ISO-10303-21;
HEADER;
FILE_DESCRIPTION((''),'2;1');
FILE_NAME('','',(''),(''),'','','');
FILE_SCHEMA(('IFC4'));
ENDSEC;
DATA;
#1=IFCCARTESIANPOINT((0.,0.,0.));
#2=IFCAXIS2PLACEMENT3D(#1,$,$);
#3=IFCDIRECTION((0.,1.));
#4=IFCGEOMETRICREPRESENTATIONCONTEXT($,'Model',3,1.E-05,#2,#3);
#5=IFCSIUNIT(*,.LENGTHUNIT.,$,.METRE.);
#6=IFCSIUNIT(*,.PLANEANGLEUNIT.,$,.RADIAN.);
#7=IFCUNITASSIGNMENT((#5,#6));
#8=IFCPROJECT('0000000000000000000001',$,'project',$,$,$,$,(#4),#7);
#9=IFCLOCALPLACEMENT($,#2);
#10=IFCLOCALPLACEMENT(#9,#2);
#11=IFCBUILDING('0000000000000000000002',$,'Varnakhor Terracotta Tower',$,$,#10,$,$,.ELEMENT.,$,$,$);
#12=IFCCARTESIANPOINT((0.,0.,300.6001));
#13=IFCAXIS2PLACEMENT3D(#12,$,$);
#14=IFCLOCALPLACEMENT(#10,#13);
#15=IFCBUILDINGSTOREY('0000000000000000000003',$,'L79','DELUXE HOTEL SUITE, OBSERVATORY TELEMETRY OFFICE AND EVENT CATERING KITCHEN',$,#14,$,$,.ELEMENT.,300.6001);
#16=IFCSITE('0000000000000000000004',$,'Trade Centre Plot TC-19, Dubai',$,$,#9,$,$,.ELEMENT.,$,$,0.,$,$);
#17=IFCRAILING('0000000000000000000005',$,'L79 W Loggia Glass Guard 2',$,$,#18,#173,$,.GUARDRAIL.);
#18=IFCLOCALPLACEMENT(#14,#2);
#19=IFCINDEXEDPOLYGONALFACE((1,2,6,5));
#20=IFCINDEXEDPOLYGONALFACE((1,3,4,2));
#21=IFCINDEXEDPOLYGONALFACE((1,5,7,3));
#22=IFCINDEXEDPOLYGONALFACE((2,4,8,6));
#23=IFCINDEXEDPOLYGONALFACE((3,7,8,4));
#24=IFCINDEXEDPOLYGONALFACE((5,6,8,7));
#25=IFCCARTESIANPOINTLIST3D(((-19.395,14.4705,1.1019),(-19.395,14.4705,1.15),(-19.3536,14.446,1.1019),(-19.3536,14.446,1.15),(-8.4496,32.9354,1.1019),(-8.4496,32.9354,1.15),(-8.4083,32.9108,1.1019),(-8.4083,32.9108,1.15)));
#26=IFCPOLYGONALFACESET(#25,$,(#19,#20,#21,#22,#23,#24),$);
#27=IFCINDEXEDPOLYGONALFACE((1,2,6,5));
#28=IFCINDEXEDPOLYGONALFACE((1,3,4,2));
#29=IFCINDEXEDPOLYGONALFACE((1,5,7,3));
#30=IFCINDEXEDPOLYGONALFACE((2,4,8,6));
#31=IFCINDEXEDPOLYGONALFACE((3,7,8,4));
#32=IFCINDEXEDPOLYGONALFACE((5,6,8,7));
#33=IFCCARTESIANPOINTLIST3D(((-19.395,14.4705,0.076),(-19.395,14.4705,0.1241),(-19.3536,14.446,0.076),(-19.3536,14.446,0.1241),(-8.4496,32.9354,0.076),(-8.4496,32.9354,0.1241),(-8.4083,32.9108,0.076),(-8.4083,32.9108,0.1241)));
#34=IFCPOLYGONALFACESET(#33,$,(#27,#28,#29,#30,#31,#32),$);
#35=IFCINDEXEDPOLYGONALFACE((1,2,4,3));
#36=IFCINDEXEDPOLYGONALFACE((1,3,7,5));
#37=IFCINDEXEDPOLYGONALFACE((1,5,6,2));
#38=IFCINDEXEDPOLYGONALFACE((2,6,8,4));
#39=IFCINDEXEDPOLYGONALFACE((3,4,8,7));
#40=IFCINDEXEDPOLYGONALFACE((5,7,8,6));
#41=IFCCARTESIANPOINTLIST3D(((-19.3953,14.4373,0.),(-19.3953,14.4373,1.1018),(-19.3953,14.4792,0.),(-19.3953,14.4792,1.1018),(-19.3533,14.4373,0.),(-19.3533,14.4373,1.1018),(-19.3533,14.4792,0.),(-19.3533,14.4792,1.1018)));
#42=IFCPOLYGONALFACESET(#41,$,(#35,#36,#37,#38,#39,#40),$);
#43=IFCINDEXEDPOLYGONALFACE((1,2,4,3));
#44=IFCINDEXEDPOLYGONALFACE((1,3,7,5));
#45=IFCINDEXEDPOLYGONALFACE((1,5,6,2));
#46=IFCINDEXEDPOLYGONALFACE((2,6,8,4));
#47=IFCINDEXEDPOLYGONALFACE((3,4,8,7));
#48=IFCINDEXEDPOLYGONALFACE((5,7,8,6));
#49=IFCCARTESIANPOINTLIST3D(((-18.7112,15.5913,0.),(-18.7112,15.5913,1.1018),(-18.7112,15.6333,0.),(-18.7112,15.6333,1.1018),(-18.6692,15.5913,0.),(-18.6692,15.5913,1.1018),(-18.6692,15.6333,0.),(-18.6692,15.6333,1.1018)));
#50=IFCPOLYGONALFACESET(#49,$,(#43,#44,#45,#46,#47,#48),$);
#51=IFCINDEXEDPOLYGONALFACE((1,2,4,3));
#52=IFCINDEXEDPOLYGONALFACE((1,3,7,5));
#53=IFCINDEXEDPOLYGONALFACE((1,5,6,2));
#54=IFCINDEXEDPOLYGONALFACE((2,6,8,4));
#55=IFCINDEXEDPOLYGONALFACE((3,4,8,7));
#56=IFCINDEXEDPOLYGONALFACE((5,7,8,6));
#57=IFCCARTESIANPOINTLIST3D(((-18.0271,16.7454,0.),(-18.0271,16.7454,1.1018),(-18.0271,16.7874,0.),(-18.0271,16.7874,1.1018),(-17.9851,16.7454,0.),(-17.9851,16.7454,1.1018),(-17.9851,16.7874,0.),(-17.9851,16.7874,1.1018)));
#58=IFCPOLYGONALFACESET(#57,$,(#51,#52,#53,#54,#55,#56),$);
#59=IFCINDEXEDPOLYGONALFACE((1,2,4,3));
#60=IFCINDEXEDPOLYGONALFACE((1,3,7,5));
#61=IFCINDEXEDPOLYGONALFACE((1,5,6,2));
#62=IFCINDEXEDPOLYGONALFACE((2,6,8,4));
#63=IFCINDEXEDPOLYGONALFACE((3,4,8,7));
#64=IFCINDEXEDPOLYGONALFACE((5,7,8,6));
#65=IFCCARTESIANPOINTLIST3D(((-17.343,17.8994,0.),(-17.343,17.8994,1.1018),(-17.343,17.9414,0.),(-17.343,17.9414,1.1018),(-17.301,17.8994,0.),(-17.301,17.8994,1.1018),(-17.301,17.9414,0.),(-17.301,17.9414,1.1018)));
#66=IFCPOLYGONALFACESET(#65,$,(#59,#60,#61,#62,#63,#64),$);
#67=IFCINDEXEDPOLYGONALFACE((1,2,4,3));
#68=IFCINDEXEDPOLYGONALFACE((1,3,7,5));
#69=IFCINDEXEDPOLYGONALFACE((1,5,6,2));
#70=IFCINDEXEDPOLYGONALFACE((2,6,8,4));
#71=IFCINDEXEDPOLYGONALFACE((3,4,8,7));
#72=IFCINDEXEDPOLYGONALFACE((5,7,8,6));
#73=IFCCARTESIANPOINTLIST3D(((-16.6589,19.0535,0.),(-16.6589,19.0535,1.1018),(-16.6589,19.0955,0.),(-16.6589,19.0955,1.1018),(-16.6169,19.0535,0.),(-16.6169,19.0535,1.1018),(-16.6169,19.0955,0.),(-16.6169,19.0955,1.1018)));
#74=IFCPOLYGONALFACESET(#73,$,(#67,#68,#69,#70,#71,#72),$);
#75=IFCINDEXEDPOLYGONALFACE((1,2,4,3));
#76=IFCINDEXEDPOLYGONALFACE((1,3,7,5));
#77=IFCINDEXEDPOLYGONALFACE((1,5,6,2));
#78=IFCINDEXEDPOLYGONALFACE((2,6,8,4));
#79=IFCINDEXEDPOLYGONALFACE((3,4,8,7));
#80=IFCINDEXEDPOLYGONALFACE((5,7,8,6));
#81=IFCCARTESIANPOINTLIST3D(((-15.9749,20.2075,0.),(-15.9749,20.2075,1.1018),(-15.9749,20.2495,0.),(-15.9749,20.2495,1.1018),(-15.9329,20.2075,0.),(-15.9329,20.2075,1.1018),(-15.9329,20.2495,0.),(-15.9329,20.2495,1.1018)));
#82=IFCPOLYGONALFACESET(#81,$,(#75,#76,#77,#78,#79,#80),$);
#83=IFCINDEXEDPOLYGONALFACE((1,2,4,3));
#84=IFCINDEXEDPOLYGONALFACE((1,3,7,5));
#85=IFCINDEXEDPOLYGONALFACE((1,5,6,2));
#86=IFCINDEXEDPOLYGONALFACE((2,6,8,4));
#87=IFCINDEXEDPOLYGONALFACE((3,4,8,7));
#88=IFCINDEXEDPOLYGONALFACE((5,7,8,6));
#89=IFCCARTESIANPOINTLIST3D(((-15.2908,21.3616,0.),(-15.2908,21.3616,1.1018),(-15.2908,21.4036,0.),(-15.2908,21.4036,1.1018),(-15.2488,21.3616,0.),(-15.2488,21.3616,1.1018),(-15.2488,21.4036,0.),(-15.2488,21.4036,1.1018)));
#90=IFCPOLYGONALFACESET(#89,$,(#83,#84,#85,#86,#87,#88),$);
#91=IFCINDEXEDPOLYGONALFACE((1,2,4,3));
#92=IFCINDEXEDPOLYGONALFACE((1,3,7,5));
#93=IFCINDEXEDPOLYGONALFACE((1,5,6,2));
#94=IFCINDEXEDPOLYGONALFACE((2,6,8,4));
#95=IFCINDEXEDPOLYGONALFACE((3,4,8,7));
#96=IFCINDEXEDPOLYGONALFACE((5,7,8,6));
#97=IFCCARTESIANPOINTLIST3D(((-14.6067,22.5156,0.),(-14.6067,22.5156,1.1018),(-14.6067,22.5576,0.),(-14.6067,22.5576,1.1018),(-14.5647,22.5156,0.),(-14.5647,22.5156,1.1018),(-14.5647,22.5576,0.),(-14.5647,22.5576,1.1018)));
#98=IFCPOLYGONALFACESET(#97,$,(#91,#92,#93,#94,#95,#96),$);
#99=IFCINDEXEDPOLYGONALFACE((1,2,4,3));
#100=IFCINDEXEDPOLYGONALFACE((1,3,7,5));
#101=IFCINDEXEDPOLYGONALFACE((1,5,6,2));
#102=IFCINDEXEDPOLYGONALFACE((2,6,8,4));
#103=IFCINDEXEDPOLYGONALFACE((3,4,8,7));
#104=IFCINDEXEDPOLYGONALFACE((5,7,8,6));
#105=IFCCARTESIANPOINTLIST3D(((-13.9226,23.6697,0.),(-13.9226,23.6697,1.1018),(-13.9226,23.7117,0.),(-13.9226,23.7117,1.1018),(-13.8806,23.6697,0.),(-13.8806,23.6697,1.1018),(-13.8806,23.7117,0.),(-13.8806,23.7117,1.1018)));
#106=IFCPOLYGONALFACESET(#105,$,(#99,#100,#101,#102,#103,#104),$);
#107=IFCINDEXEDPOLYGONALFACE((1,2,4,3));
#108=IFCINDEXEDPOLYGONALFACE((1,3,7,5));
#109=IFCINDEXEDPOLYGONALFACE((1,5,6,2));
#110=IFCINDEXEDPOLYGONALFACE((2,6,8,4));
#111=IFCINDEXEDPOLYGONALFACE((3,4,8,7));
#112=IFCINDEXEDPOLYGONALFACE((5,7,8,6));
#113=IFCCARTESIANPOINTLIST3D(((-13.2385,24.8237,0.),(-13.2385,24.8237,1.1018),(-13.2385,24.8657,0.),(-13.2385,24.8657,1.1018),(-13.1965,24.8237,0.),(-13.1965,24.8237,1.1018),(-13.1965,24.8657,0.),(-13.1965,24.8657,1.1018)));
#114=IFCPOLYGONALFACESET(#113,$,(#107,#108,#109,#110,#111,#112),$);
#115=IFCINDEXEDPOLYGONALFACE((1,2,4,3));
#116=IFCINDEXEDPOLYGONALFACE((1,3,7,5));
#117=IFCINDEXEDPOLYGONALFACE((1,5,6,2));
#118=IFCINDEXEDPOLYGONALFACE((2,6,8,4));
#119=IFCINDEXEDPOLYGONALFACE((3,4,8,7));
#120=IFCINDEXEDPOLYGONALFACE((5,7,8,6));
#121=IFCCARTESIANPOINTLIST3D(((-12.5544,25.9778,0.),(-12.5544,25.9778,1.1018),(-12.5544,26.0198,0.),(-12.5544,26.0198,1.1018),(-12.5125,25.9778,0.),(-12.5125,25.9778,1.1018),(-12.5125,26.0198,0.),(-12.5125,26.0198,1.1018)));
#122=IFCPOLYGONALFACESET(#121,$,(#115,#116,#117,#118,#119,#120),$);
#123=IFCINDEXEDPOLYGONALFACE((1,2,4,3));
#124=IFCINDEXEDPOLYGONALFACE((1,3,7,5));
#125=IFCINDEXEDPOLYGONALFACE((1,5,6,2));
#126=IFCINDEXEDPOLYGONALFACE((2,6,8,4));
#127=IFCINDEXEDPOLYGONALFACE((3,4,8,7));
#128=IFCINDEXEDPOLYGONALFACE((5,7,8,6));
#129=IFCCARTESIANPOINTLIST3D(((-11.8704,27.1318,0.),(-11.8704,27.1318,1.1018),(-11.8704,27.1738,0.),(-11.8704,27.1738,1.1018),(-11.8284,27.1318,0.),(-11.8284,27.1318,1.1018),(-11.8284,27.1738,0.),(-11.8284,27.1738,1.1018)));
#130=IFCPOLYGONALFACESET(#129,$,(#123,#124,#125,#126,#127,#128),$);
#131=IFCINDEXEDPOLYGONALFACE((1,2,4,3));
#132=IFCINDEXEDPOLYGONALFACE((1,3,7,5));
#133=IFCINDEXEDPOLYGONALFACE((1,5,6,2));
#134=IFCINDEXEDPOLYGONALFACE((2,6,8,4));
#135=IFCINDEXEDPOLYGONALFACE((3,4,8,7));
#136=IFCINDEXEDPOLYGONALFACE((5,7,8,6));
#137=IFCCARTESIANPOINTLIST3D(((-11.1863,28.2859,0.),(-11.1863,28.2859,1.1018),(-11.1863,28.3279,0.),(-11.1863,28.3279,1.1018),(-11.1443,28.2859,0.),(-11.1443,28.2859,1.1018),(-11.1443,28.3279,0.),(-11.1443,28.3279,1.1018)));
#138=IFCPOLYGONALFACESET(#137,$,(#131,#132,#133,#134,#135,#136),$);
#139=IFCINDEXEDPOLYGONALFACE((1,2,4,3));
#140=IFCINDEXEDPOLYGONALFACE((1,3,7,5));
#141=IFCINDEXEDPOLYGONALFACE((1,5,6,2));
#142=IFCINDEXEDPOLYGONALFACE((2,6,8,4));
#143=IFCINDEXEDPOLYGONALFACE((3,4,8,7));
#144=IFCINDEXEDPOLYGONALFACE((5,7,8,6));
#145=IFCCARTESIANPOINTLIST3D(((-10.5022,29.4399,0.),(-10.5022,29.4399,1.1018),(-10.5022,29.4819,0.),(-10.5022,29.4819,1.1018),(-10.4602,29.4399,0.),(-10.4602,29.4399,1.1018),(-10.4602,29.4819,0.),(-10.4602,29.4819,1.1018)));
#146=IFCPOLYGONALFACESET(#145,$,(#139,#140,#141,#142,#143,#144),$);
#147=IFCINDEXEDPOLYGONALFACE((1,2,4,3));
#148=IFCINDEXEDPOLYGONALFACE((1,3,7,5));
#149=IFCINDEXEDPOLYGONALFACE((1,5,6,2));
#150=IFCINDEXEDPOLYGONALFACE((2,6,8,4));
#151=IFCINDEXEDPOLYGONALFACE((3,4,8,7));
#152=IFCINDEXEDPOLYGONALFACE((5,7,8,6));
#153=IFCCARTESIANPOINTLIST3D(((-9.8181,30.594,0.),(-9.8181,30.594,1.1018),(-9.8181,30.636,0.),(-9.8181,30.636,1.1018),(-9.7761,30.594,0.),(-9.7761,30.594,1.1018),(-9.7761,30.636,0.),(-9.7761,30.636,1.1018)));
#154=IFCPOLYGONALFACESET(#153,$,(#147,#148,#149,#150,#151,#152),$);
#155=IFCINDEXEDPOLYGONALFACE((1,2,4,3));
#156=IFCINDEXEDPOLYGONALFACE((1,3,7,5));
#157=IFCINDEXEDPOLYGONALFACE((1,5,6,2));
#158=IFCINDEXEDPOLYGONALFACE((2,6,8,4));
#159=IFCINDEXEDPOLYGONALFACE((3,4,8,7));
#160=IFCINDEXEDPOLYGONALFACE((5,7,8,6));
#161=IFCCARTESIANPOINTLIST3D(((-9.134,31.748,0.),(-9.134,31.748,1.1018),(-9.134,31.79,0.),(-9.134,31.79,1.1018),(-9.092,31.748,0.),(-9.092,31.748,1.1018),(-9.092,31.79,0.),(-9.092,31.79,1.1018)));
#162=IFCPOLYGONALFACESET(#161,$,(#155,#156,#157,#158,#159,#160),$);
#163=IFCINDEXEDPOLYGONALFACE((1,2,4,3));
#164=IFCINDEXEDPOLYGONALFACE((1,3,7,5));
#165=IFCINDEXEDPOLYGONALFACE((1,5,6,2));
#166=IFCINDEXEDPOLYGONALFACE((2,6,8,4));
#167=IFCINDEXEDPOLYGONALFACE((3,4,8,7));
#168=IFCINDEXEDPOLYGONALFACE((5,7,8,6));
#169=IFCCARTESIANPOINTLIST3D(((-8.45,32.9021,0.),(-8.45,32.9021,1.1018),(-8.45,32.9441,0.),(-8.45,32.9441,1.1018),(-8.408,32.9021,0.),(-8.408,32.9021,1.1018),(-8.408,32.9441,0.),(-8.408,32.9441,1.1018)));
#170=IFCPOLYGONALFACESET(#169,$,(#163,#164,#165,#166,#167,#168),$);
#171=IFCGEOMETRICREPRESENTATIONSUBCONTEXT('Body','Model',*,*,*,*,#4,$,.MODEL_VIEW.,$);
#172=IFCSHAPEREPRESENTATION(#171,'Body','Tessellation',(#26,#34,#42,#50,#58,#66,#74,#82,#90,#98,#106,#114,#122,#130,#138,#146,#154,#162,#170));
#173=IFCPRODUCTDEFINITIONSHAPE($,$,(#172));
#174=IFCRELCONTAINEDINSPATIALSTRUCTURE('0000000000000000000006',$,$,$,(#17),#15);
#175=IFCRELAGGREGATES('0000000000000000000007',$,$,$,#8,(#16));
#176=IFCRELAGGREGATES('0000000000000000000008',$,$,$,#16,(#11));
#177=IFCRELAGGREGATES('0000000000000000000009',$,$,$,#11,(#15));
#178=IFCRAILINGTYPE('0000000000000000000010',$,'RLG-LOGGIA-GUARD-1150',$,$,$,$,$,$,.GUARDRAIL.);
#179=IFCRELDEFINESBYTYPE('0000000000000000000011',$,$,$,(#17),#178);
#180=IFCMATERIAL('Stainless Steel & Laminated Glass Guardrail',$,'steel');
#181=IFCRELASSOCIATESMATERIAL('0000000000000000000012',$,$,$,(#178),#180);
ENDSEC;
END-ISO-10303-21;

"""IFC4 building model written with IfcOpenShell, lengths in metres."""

from ifc_helpers import new_model, si_unit, direction, frame, origin, origin_2d, place, context, subcontext, project, spatial, rectangle, extrude, material, type_object, element, save


model = new_model("IFC4")

# Units and contexts
model_context = context("Model", 3, precision=1e-05, world=origin(), true_north=direction((0.0, 1.0)))
body_context = subcontext(model_context, "Body", "Model", "MODEL_VIEW")
ifc_project = project(units=[si_unit("LENGTHUNIT", "METRE"), si_unit("PLANEANGLEUNIT", "RADIAN")], contexts=[model_context])

# Site, building, storey
site_placement = place(None, origin())
site = spatial("IfcSite", under=ifc_project, at=site_placement, Name="Trade Centre Plot TC-19, Dubai", CompositionType="ELEMENT", RefElevation=0.0)
building_placement = place(site_placement, origin())
building = spatial("IfcBuilding", under=site, at=building_placement, Name="Varnakhor Terracotta Tower", CompositionType="ELEMENT")
storey_placement = place(building_placement, frame((0.0, 0.0, 300.6001)))
storey = spatial("IfcBuildingStorey", under=building, at=storey_placement, Name="L79", Description="DELUXE HOTEL SUITE, OBSERVATORY TELEMETRY OFFICE AND EVENT CATERING KITCHEN", CompositionType="ELEMENT", Elevation=300.6001)

# Railing
ifc_material_1 = material(Name="Stainless Steel & Laminated Glass Guardrail", Category="steel")
railing_type = type_object("IfcRailingType", Name="RLG-LOGGIA-GUARD-1150", PredefinedType="GUARDRAIL", material=ifc_material_1)
railing_1_placement = place(storey_placement, frame((-19.3743, 14.4583, 0.0)))
element("IfcRailing", 1, at=railing_1_placement, inside=storey, type_object=railing_type, Name="L79 W Loggia Glass Guard 2", PredefinedType="GUARDRAIL", context=body_context, shape_type="SweptSolid", body=[
    extrude(rectangle(XDim=0.0481, YDim=0.0481, at=origin_2d()), frame((0.0, 0.0, 1.126), z_axis=(0.509912, 0.860226, 0.0), x_axis=(-0.860226, 0.509912, 0.0)), (0.0, 0.0, 1.0), 21.4651),
    extrude(rectangle(XDim=0.0481, YDim=0.0481, at=origin_2d()), frame((0.0, 0.0, 0.1001), z_axis=(0.509912, 0.860226, 0.0), x_axis=(-0.860226, 0.509912, 0.0)), (0.0, 0.0, 1.0), 21.4651),
    extrude(rectangle(XDim=0.042, YDim=0.042, at=origin_2d()), origin(), (0.0, 0.0, 1.0), 1.1018),
    extrude(rectangle(XDim=0.042, YDim=0.042, at=origin_2d()), frame((0.6841, 1.1541, 0.0)), (0.0, 0.0, 1.0), 1.1018),
    extrude(rectangle(XDim=0.042, YDim=0.042, at=origin_2d()), frame((1.3682, 2.3081, 0.0)), (0.0, 0.0, 1.0), 1.1018),
    extrude(rectangle(XDim=0.042, YDim=0.042, at=origin_2d()), frame((2.0522, 3.4622, 0.0)), (0.0, 0.0, 1.0), 1.1018),
    extrude(rectangle(XDim=0.042, YDim=0.042, at=origin_2d()), frame((2.7363, 4.6162, 0.0)), (0.0, 0.0, 1.0), 1.1018),
    extrude(rectangle(XDim=0.042, YDim=0.042, at=origin_2d()), frame((3.4204, 5.7703, 0.0)), (0.0, 0.0, 1.0), 1.1018),
    extrude(rectangle(XDim=0.042, YDim=0.042, at=origin_2d()), frame((4.1045, 6.9243, 0.0)), (0.0, 0.0, 1.0), 1.1018),
    extrude(rectangle(XDim=0.042, YDim=0.042, at=origin_2d()), frame((4.7886, 8.0784, 0.0)), (0.0, 0.0, 1.0), 1.1018),
    extrude(rectangle(XDim=0.042, YDim=0.042, at=origin_2d()), frame((5.4727, 9.2324, 0.0)), (0.0, 0.0, 1.0), 1.1018),
    extrude(rectangle(XDim=0.042, YDim=0.042, at=origin_2d()), frame((6.1567, 10.3865, 0.0)), (0.0, 0.0, 1.0), 1.1018),
    extrude(rectangle(XDim=0.042, YDim=0.042, at=origin_2d()), frame((6.8408, 11.5405, 0.0)), (0.0, 0.0, 1.0), 1.1018),
    extrude(rectangle(XDim=0.042, YDim=0.042, at=origin_2d()), frame((7.5249, 12.6946, 0.0)), (0.0, 0.0, 1.0), 1.1018),
    extrude(rectangle(XDim=0.042, YDim=0.042, at=origin_2d()), frame((8.209, 13.8486, 0.0)), (0.0, 0.0, 1.0), 1.1018),
    extrude(rectangle(XDim=0.042, YDim=0.042, at=origin_2d()), frame((8.8931, 15.0027, 0.0)), (0.0, 0.0, 1.0), 1.1018),
    extrude(rectangle(XDim=0.042, YDim=0.042, at=origin_2d()), frame((9.5771, 16.1567, 0.0)), (0.0, 0.0, 1.0), 1.1018),
    extrude(rectangle(XDim=0.042, YDim=0.042, at=origin_2d()), frame((10.2612, 17.3108, 0.0)), (0.0, 0.0, 1.0), 1.1018),
    extrude(rectangle(XDim=0.042, YDim=0.042, at=origin_2d()), frame((10.9453, 18.4648, 0.0)), (0.0, 0.0, 1.0), 1.1018),
])

save(model, "model.ifc")
